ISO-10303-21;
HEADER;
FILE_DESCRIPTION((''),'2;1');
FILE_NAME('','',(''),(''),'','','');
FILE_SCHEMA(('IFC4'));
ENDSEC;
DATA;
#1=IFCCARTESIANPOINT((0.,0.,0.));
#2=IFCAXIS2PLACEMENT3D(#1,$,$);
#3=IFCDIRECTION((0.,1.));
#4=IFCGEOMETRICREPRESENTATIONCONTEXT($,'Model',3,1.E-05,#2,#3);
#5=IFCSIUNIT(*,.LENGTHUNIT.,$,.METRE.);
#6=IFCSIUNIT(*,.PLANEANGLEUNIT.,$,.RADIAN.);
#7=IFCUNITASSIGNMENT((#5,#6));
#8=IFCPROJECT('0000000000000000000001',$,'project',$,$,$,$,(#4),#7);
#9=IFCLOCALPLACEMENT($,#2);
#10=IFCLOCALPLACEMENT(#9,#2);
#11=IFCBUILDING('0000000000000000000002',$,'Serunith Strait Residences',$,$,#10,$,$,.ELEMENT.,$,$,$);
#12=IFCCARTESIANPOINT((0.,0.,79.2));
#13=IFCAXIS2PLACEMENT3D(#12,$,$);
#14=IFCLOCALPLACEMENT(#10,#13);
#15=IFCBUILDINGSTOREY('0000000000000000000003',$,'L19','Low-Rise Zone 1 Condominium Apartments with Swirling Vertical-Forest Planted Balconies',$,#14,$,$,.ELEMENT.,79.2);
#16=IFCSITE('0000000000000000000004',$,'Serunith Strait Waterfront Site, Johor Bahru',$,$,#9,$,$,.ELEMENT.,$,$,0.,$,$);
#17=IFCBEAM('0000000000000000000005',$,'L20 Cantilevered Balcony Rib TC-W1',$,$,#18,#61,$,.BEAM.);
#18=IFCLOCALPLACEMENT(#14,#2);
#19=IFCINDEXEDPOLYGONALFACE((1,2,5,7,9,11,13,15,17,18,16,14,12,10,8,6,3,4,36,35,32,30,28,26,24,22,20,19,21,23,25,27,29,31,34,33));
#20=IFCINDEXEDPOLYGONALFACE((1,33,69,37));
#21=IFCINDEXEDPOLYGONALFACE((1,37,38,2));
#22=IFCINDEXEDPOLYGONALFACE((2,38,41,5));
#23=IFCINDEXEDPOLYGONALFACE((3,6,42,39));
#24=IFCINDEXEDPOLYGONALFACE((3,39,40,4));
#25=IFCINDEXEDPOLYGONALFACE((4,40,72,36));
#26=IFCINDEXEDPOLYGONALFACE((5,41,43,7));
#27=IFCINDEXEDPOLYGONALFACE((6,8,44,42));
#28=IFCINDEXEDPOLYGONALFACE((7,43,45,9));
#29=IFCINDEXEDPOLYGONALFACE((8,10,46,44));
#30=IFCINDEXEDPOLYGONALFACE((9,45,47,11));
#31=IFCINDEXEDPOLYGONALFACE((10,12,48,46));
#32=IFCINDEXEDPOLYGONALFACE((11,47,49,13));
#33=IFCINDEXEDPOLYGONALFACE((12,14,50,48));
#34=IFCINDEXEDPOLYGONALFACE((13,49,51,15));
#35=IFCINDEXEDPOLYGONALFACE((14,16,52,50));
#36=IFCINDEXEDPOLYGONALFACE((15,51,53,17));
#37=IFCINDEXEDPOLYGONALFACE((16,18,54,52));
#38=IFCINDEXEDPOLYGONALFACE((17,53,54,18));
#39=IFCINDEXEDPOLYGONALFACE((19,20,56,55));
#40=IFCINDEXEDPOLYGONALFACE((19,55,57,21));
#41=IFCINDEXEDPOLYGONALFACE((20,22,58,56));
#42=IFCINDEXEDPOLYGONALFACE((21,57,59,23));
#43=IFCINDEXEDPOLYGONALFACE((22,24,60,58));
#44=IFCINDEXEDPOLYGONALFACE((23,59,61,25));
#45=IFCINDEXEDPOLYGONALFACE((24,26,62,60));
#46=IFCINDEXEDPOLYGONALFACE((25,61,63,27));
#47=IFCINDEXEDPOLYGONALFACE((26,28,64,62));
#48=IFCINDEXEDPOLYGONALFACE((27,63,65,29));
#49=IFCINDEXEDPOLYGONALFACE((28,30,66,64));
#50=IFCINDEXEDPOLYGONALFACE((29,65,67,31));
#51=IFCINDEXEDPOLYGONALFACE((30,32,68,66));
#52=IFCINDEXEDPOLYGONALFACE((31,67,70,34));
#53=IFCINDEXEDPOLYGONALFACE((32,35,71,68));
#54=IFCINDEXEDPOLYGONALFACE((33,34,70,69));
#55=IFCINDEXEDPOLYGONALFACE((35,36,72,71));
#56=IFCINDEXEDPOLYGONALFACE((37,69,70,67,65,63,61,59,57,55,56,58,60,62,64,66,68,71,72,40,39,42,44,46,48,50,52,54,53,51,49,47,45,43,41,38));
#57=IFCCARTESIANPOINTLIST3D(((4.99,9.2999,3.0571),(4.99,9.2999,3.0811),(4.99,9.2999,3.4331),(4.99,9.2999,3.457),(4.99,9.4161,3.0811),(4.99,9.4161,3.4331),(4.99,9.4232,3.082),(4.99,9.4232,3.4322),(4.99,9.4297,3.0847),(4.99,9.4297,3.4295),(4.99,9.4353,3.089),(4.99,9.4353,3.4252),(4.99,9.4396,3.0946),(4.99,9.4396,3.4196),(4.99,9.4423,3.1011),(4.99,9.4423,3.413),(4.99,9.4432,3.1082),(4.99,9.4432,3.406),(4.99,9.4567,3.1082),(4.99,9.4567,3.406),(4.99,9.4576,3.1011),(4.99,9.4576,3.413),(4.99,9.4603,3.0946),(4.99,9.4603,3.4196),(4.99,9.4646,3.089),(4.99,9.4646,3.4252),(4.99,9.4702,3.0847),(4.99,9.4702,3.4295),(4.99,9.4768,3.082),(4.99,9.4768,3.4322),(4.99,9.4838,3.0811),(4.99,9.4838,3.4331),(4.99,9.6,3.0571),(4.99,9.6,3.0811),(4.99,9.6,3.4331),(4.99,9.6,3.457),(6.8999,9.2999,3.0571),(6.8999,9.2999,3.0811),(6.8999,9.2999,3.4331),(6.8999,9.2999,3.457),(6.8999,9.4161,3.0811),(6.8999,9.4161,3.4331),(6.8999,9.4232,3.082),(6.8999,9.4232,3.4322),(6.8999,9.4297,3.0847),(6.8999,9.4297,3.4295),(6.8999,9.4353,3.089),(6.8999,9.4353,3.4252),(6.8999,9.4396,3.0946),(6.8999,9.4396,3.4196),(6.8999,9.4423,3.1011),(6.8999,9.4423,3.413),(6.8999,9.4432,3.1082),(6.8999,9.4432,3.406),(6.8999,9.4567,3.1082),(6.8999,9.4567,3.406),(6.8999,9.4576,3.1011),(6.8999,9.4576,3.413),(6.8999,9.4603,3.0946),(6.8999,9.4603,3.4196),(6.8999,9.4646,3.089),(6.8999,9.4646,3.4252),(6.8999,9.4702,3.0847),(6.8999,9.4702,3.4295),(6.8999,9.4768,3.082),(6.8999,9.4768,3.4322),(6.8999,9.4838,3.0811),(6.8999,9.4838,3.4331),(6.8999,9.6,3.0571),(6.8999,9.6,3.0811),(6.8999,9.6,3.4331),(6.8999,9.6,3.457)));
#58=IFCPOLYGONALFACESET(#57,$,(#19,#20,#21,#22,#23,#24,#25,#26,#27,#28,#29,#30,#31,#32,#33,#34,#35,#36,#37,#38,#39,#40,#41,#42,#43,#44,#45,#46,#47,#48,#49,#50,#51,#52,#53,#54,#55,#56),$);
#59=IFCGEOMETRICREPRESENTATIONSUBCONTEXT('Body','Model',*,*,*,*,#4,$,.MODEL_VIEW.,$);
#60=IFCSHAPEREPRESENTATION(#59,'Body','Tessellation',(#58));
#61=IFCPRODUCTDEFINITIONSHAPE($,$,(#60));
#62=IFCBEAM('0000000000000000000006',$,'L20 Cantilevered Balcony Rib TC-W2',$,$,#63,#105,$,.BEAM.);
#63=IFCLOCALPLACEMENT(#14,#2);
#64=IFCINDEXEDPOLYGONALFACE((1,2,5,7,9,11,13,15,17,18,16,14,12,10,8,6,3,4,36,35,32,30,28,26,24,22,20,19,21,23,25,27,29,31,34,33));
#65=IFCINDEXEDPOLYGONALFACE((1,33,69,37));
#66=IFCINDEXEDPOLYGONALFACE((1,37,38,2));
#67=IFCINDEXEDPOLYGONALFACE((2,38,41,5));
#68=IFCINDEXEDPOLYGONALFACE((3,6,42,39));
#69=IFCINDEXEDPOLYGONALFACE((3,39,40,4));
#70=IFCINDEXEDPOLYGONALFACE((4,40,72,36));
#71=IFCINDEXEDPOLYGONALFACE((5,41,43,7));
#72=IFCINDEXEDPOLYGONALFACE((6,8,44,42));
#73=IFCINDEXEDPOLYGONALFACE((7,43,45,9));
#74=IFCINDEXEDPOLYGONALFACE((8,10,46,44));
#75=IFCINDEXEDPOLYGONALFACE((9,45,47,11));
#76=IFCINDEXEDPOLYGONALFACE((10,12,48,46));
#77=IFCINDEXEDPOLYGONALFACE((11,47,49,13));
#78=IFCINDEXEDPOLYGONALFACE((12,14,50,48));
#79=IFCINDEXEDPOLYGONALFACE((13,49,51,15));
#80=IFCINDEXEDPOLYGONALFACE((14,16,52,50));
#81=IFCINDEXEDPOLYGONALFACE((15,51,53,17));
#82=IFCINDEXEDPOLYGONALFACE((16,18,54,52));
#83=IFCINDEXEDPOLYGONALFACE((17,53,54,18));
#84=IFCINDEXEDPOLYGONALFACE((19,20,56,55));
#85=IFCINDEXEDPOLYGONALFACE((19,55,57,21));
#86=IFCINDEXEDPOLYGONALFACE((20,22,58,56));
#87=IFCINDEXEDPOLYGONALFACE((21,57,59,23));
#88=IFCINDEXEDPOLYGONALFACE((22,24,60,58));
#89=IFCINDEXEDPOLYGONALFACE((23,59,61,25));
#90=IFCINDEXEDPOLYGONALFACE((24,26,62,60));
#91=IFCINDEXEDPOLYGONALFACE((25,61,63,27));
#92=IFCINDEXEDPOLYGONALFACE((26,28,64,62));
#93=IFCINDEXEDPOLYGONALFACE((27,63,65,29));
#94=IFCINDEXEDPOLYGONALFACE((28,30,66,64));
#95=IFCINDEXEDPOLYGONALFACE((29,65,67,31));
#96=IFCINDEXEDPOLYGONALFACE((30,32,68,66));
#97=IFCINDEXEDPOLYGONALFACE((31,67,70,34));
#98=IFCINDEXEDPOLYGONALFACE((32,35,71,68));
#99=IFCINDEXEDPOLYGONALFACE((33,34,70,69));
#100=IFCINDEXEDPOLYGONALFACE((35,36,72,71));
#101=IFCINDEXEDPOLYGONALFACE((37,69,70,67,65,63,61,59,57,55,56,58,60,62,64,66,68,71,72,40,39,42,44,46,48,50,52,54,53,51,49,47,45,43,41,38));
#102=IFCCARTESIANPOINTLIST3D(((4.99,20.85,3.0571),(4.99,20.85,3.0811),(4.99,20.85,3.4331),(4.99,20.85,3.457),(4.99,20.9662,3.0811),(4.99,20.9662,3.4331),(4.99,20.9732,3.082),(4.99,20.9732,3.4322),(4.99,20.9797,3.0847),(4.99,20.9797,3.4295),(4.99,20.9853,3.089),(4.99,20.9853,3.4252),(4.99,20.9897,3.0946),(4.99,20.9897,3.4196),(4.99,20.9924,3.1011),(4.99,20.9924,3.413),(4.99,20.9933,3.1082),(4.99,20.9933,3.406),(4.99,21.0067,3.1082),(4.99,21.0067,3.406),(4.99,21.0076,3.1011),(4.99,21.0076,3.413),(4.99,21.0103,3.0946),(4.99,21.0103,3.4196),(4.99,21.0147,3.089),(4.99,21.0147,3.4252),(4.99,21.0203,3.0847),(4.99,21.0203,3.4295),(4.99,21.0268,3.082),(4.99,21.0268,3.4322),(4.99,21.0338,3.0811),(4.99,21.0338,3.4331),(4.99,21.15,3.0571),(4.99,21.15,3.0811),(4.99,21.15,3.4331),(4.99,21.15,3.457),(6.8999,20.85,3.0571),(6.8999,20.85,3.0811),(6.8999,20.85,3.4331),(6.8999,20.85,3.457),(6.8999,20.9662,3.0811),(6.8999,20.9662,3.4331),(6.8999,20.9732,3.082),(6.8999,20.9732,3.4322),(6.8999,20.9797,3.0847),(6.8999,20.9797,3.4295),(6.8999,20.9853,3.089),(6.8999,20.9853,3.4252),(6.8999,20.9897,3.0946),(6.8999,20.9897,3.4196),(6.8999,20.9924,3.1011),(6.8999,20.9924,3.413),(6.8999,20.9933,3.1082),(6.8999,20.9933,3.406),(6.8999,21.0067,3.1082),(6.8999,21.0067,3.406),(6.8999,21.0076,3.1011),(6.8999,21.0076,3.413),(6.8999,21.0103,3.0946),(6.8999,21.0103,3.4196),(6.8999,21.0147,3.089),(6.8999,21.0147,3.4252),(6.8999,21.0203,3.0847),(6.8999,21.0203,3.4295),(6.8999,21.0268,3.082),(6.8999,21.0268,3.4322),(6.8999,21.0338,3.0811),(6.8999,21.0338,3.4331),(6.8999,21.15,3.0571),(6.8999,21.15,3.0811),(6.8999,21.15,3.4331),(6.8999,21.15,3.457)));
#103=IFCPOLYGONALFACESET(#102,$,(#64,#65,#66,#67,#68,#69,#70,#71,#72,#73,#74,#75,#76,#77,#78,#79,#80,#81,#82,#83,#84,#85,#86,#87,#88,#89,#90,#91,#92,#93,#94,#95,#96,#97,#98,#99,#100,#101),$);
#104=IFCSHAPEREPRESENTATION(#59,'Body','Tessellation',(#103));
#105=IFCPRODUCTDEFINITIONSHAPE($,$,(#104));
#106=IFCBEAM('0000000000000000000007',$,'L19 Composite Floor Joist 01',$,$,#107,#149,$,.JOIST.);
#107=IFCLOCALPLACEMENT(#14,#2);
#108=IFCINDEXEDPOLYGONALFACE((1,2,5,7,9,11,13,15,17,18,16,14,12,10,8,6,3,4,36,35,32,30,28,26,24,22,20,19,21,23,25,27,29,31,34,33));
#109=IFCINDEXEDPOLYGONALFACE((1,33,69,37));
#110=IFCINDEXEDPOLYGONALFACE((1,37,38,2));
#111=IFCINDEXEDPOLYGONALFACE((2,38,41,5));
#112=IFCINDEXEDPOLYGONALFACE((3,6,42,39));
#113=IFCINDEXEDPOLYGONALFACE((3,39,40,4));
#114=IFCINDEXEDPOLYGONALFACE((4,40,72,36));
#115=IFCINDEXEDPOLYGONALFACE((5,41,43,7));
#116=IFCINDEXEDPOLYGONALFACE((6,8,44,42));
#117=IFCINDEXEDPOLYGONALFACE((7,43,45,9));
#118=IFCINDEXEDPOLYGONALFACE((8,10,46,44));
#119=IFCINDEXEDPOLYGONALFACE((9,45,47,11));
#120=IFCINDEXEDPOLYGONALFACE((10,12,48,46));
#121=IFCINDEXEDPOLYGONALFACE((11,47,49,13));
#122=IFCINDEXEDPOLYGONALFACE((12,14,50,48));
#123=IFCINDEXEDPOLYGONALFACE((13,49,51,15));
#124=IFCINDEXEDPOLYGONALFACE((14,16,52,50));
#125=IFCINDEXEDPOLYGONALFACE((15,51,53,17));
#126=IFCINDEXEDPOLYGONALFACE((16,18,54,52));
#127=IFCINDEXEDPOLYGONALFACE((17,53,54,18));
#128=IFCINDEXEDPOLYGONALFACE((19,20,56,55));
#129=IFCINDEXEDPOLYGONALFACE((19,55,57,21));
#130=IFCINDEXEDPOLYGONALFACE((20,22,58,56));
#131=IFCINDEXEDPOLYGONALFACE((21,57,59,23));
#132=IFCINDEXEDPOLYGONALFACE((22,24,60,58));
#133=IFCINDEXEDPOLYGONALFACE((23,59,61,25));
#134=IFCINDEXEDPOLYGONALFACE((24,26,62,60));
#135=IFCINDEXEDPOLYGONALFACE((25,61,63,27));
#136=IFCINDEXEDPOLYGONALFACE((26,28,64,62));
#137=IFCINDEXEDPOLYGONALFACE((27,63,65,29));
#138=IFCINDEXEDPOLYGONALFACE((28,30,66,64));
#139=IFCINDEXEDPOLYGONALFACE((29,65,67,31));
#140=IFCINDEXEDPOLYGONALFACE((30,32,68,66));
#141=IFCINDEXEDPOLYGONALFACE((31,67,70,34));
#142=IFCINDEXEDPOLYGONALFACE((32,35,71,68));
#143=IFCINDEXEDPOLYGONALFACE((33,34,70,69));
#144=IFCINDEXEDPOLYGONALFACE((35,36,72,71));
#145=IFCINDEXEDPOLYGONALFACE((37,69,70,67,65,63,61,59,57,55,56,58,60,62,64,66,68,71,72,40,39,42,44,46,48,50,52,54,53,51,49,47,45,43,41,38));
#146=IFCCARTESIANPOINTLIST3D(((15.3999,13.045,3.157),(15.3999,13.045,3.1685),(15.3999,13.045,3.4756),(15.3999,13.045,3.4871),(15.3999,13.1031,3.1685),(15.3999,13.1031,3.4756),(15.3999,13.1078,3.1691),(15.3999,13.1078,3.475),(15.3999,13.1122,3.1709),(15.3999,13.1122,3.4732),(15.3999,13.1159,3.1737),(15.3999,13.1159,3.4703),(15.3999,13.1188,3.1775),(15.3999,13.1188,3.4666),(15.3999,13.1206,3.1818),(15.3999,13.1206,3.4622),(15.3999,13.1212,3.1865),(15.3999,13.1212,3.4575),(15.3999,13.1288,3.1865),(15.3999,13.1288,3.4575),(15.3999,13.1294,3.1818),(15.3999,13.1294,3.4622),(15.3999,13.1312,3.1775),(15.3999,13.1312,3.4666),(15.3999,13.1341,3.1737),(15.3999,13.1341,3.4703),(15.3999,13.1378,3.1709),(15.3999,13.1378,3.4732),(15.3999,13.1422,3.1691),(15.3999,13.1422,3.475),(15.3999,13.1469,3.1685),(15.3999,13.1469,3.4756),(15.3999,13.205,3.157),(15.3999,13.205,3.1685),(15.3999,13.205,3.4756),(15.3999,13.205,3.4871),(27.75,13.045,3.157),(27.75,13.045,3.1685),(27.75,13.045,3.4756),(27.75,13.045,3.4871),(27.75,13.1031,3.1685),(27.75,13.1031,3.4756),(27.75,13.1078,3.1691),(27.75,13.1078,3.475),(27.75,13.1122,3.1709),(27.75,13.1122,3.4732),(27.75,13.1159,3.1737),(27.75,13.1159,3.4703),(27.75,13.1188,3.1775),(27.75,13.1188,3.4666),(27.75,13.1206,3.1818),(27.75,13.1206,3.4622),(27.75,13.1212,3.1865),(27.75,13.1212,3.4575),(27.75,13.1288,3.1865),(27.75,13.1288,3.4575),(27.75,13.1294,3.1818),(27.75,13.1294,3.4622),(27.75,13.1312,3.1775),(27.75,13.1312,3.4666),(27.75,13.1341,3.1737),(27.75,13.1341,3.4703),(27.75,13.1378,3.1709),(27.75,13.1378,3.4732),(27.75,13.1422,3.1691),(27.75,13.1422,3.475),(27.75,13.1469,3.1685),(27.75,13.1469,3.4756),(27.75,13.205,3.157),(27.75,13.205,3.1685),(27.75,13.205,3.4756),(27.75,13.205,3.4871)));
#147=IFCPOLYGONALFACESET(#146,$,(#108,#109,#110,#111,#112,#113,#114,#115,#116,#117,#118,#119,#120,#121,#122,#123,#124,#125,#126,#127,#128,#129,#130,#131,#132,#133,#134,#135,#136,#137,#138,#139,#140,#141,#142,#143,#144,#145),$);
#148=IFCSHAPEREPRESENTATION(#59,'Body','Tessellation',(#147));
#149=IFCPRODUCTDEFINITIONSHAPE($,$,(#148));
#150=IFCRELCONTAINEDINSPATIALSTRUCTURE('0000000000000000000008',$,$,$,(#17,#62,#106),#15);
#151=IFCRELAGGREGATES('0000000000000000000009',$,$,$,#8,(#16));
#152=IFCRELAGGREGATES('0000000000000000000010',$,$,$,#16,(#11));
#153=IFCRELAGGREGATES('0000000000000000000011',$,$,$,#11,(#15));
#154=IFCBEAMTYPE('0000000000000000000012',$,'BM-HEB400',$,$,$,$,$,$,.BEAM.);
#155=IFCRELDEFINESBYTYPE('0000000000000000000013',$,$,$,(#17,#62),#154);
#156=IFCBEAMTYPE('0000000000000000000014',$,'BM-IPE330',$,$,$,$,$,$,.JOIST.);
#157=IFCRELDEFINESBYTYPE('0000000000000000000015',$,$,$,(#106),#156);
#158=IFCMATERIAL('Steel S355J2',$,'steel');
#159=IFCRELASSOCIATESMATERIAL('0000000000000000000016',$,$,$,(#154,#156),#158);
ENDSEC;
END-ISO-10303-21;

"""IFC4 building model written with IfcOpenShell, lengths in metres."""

from ifc_helpers import new_model, si_unit, direction, frame, origin, origin_2d, place, context, subcontext, project, spatial, i_section, extrude, source, transform, mapped, material, material_profile, profile_set, type_object, element, save


model = new_model("IFC4")

# Units and contexts
model_context = context("Model", 3, precision=1e-05, world=origin(), true_north=direction((0.0, 1.0)))
body_context = subcontext(model_context, "Body", "Model", "MODEL_VIEW")
ifc_project = project(units=[si_unit("LENGTHUNIT", "METRE"), si_unit("PLANEANGLEUNIT", "RADIAN")], contexts=[model_context])

# Site, building, storey
site_placement = place(None, origin())
site = spatial("IfcSite", under=ifc_project, at=site_placement, Name="Serunith Strait Waterfront Site, Johor Bahru", CompositionType="ELEMENT", RefElevation=0.0)
building_placement = place(site_placement, origin())
building = spatial("IfcBuilding", under=site, at=building_placement, Name="Serunith Strait Residences", CompositionType="ELEMENT")
storey_placement = place(building_placement, frame((0.0, 0.0, 79.2)))
storey = spatial("IfcBuildingStorey", under=building, at=storey_placement, Name="L19", Description="Low-Rise Zone 1 Condominium Apartments with Swirling Vertical-Forest Planted Balconies", CompositionType="ELEMENT", Elevation=79.2)

# Beams
ifc_material_1 = material(Name="Steel S355J2", Category="steel")
ifc_material_profile_1 = material_profile(ifc_material_1, i_section(OverallWidth=0.3, OverallDepth=0.3999, WebThickness=0.0134, FlangeThickness=0.0239, FilletRadius=0.0271, at=origin_2d()), Name="HEB 400")
ifc_profile_set_1 = profile_set([ifc_material_profile_1], Name="Steel S355J2")
beam_type_1 = type_object("IfcBeamType", Name="BM-HEB400", PredefinedType="BEAM", material=ifc_profile_set_1)
shared_shape_1 = source(origin(), body_context, "Body", "SweptSolid", [
    extrude(i_section(OverallWidth=0.3, OverallDepth=0.3999, WebThickness=0.0134, FlangeThickness=0.0239, FilletRadius=0.0271, at=origin_2d()), origin(), (0.0, 0.0, 1.0), 1.9099),
])
for number, where, z_axis, x_axis, name in (
    (1, (6.8999, 9.45, 3.2571), (-1.0, 0.0, 0.0), (0.0, -1.0, 0.0), "L20 Cantilevered Balcony Rib TC-W1"),
    (2, (6.8999, 21.0, 3.2571), (-1.0, 0.0, 0.0), (0.0, -1.0, 0.0), "L20 Cantilevered Balcony Rib TC-W2"),
):
    element("IfcBeam", number, at=place(storey_placement, frame(where, z_axis=z_axis, x_axis=x_axis)), inside=storey, type_object=beam_type_1, Name=name, PredefinedType="BEAM", context=body_context, shape_type="MappedRepresentation", body=[
        mapped(shared_shape_1, transform((0.0, 0.0, 0.0), scale=1.0)),
    ])
ifc_material_profile_2 = material_profile(ifc_material_1, i_section(OverallWidth=0.1599, OverallDepth=0.3301, WebThickness=0.0076, FlangeThickness=0.0115, FilletRadius=0.0181, at=origin_2d()), Name="IPE 330")
ifc_profile_set_2 = profile_set([ifc_material_profile_2], Name="Steel S355J2")
beam_type_2 = type_object("IfcBeamType", Name="BM-IPE330", PredefinedType="JOIST", material=ifc_profile_set_2)
shared_shape_2 = source(origin(), body_context, "Body", "SweptSolid", [
    extrude(i_section(OverallWidth=0.1599, OverallDepth=0.3301, WebThickness=0.0076, FlangeThickness=0.0115, FilletRadius=0.0181, at=origin_2d()), origin(), (0.0, 0.0, 1.0), 12.3501),
])
beam_1_placement = place(storey_placement, frame((15.3999, 13.125, 3.322), z_axis=(1.0, 0.0, 0.0), x_axis=(0.0, 1.0, 0.0)))
element("IfcBeam", 3, at=beam_1_placement, inside=storey, type_object=beam_type_2, Name="L19 Composite Floor Joist 01", PredefinedType="JOIST", context=body_context, shape_type="MappedRepresentation", body=[
    mapped(shared_shape_2, transform((0.0, 0.0, 0.0), scale=1.0)),
])

save(model, "model.ifc")
